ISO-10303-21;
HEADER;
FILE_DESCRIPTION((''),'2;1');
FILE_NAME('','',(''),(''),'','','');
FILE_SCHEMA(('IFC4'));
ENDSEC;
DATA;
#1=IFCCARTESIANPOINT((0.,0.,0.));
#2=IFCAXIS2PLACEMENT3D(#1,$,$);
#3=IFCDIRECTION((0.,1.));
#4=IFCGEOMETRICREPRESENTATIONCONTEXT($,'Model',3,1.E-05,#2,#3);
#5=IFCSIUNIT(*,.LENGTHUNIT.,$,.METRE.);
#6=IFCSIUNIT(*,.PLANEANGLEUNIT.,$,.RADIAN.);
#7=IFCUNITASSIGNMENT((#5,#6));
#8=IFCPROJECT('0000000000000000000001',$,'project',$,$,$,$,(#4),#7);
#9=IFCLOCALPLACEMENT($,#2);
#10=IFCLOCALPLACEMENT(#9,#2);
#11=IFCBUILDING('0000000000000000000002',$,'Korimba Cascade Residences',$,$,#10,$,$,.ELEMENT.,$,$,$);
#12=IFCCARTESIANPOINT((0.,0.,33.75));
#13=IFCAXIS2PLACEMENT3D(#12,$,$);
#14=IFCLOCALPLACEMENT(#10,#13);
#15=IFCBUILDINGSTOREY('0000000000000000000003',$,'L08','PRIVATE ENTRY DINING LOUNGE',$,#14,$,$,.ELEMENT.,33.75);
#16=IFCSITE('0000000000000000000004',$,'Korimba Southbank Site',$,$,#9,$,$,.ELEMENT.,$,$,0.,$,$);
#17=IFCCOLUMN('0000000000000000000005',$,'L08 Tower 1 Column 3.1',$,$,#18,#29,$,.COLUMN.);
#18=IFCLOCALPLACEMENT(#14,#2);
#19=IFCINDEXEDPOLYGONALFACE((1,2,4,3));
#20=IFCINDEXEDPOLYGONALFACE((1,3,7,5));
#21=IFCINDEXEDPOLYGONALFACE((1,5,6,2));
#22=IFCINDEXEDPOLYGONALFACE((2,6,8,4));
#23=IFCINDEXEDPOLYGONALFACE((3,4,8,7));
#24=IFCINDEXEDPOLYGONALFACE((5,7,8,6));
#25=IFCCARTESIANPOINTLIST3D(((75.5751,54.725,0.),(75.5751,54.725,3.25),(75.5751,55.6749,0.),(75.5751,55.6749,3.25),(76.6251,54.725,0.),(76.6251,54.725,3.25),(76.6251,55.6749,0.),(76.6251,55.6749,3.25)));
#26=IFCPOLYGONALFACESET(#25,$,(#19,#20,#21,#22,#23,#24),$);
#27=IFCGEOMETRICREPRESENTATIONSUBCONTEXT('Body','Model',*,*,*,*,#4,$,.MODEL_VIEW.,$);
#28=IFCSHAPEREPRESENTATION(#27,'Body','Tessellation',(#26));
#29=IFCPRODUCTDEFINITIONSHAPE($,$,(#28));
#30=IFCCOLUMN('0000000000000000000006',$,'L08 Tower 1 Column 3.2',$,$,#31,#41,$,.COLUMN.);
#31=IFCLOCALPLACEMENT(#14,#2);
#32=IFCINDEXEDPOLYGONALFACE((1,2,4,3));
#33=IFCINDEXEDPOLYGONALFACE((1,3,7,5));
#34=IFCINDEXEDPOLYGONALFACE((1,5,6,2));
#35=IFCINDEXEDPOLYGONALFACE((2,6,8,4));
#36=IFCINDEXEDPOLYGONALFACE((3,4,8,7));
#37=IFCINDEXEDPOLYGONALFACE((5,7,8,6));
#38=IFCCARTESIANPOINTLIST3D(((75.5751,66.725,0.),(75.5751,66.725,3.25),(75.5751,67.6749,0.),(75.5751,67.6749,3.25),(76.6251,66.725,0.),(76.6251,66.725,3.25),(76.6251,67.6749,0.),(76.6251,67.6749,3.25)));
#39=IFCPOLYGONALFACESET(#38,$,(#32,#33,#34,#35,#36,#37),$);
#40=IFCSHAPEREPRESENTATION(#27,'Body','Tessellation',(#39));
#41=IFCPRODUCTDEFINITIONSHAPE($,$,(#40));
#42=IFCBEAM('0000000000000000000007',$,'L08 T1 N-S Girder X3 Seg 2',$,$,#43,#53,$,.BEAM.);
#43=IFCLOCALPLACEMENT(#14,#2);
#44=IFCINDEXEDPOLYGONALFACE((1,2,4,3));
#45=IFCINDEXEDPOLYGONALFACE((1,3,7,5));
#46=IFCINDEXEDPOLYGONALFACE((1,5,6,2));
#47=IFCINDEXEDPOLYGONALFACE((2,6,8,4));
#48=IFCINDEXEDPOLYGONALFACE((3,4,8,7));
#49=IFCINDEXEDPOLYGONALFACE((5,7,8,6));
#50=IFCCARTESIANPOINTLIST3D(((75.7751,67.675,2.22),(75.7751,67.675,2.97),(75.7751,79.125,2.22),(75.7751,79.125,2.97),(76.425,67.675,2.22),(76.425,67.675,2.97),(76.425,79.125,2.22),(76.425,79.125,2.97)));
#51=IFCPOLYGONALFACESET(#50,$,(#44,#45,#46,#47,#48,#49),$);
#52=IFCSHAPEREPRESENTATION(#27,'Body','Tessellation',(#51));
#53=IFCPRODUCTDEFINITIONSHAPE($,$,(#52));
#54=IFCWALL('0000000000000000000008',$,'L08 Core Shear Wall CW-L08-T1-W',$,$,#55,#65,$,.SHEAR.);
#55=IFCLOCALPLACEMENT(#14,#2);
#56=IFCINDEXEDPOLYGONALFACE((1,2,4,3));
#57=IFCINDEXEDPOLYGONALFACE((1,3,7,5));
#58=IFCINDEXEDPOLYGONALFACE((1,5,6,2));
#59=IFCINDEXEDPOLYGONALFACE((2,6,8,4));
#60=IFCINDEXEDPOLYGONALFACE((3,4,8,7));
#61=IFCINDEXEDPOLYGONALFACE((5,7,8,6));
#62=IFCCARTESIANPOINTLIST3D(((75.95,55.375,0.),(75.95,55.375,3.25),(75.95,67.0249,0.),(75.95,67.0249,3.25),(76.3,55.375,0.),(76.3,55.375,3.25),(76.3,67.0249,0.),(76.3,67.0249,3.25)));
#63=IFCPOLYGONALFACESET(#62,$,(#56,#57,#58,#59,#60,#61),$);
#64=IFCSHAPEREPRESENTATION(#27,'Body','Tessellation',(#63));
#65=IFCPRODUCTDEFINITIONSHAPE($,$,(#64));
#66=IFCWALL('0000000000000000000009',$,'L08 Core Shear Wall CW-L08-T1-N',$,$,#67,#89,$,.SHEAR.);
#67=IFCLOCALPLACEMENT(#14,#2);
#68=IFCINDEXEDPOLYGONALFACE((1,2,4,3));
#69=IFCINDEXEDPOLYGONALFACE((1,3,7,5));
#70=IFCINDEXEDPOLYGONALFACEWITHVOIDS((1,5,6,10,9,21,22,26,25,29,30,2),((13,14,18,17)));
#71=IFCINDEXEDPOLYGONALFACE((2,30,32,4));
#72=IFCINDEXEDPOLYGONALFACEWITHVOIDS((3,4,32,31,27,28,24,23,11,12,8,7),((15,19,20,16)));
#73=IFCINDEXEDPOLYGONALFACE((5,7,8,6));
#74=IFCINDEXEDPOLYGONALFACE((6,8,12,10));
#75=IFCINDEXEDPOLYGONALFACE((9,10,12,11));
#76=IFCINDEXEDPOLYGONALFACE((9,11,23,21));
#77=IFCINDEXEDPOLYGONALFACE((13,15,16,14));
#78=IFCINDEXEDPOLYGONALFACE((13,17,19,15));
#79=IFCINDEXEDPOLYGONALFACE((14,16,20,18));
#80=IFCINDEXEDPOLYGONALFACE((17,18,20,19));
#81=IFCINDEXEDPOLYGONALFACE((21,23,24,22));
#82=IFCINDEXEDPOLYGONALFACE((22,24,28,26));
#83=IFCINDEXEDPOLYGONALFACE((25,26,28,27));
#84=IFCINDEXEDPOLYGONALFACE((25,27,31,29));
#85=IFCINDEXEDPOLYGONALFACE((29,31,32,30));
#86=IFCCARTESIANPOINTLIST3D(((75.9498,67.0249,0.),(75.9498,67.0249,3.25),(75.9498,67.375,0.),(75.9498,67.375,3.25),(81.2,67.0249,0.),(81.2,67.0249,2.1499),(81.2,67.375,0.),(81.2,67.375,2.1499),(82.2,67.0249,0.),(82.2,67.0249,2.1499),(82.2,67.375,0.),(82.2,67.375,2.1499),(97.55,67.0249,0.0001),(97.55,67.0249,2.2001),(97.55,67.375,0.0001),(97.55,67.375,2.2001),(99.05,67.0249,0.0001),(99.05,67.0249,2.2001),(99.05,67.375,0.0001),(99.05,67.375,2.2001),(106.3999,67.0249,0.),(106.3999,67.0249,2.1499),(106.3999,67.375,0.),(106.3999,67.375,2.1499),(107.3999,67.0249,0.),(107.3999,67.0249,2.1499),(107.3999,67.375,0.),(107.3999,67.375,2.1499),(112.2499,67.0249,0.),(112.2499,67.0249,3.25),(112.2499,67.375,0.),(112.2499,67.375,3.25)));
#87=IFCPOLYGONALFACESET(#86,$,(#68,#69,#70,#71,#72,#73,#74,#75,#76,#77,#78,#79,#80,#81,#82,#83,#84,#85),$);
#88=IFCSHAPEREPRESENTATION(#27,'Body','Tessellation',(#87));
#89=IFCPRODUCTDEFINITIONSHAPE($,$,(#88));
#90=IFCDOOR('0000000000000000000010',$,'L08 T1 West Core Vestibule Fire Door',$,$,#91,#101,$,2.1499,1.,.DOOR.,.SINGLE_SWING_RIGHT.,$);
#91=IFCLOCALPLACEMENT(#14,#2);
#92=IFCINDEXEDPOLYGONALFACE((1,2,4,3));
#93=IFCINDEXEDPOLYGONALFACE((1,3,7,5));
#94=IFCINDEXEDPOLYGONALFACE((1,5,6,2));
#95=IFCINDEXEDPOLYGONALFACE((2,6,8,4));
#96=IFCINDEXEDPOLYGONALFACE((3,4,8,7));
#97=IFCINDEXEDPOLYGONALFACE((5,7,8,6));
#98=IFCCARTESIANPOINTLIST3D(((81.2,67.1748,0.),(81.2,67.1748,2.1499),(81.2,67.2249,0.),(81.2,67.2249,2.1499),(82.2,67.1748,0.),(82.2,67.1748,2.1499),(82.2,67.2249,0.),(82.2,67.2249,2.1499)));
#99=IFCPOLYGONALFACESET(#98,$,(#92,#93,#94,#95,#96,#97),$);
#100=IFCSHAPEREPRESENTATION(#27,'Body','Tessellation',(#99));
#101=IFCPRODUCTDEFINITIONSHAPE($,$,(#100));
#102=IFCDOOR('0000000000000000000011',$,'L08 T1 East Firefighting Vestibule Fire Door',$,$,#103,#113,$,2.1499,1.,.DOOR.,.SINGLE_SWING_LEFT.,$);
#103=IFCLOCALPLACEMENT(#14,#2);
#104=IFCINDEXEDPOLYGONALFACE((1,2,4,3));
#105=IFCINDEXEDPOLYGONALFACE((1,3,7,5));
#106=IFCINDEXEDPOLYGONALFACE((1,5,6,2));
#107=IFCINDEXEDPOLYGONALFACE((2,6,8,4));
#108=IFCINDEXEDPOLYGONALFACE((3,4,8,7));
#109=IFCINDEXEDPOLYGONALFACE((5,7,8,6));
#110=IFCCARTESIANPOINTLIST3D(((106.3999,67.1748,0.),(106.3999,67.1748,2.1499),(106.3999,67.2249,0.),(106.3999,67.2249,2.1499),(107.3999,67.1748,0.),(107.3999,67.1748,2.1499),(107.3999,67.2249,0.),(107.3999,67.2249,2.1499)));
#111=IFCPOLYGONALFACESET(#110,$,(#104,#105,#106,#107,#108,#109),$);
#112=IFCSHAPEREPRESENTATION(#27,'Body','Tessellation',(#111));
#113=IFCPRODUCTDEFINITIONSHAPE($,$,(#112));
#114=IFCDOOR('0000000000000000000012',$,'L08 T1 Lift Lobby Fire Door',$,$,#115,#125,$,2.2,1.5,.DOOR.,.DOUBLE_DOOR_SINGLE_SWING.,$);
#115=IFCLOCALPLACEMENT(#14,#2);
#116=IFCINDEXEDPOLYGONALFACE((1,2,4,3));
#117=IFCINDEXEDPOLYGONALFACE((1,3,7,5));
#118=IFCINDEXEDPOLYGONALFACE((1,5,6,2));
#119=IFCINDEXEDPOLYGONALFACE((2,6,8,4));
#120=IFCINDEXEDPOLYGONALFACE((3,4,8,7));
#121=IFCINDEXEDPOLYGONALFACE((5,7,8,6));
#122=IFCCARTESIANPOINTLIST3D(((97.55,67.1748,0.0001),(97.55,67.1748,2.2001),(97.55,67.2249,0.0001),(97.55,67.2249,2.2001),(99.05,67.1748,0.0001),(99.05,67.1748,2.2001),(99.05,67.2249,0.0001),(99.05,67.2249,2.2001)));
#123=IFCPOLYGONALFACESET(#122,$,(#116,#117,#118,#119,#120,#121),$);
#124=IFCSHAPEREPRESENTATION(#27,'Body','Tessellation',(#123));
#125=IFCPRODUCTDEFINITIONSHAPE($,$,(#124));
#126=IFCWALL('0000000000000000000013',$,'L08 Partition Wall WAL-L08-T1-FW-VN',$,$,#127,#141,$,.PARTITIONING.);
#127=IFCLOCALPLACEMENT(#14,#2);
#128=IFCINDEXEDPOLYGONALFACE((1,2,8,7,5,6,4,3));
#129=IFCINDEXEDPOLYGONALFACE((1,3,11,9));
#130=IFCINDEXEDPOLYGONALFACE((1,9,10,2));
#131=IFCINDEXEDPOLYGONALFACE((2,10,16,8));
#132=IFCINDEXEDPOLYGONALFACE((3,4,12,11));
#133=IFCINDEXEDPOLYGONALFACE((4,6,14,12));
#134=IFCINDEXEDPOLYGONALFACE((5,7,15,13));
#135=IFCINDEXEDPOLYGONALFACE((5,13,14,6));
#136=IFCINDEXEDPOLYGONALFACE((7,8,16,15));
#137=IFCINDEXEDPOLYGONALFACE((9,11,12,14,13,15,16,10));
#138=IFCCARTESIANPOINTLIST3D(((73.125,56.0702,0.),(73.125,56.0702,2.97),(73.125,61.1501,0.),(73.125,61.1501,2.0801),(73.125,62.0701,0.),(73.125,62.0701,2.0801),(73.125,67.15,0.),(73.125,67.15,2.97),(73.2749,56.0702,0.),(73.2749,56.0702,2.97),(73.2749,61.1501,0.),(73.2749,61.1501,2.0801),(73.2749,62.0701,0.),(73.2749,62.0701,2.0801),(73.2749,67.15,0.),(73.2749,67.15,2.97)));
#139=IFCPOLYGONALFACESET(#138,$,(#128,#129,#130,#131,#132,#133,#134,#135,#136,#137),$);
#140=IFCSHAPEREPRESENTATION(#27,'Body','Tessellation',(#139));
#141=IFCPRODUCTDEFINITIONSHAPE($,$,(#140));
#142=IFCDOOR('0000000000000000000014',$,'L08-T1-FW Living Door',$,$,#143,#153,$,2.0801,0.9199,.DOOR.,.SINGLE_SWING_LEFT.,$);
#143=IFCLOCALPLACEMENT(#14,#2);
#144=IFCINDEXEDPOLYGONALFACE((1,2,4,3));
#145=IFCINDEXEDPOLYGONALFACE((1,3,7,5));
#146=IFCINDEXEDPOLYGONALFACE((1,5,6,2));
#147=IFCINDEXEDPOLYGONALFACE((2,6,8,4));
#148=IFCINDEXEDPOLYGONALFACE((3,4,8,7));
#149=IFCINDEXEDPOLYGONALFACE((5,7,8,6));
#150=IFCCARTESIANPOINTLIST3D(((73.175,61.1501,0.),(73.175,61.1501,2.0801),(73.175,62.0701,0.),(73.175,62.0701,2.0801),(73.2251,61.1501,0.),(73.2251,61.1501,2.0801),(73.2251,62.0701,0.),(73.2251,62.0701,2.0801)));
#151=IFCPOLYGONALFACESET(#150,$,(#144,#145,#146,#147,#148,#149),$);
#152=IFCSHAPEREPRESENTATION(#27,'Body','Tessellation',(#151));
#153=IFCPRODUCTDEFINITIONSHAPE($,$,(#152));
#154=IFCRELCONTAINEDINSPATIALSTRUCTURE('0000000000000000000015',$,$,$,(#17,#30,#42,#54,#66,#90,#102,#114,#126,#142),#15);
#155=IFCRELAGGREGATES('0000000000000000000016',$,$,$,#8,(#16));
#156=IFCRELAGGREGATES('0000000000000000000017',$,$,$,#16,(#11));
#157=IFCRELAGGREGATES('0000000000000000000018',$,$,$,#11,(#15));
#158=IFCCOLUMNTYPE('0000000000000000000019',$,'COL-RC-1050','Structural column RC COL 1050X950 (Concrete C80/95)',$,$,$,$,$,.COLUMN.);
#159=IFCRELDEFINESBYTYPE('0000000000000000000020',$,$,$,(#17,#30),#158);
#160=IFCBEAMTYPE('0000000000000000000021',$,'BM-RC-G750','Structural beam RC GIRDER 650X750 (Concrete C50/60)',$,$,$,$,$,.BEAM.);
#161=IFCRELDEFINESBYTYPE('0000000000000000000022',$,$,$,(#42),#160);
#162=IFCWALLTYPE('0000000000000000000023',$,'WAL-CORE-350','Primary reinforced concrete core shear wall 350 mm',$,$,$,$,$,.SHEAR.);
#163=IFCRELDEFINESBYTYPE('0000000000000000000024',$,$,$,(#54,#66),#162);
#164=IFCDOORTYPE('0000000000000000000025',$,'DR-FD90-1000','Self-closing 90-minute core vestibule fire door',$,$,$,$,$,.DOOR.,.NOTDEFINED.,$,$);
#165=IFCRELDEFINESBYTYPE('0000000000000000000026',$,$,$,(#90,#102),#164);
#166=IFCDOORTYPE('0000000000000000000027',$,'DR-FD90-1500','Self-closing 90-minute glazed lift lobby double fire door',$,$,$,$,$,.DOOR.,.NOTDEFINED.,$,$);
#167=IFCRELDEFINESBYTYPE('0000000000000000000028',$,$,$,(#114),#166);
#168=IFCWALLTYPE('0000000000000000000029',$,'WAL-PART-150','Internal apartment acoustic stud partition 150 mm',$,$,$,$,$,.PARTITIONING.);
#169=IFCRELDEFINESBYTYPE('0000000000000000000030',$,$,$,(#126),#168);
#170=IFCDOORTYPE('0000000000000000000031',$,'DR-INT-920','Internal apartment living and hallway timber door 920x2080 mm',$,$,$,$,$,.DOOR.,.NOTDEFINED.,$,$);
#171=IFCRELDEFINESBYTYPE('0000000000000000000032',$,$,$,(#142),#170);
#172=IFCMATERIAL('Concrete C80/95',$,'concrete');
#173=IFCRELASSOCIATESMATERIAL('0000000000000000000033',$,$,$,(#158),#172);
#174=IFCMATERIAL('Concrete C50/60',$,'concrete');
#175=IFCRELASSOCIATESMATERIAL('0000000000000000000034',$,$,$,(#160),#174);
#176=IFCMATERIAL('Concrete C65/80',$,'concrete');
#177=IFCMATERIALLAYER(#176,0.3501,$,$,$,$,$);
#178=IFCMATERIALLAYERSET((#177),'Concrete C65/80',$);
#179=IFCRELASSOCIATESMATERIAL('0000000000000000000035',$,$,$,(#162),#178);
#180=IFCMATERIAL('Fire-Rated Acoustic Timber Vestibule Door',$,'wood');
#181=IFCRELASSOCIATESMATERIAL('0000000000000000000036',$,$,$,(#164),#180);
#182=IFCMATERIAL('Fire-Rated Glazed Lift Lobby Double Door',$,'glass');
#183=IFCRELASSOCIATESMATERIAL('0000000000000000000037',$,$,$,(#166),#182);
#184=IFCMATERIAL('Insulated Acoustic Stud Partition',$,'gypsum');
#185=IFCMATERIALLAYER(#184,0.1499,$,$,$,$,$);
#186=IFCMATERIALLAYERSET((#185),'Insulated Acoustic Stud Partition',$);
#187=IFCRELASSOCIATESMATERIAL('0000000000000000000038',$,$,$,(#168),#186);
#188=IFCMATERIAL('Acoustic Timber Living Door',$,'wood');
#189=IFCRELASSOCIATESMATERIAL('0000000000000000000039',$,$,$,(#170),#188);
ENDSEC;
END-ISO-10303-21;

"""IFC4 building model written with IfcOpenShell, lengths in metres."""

from ifc_helpers import new_model, si_unit, direction, frame, frame_2d, origin, origin_2d, place, context, subcontext, project, spatial, rectangle, extrude, material, layer, layer_set, material_profile, profile_set, type_object, element, fill, save


model = new_model("IFC4")

# Units and contexts
model_context = context("Model", 3, precision=1e-05, world=origin(), true_north=direction((0.0, 1.0)))
body_context = subcontext(model_context, "Body", "Model", "MODEL_VIEW")
ifc_project = project(units=[si_unit("LENGTHUNIT", "METRE"), si_unit("PLANEANGLEUNIT", "RADIAN")], contexts=[model_context])

# Site, building, storey
site_placement = place(None, origin())
site = spatial("IfcSite", under=ifc_project, at=site_placement, Name="Korimba Southbank Site", CompositionType="ELEMENT", RefElevation=0.0)
building_placement = place(site_placement, origin())
building = spatial("IfcBuilding", under=site, at=building_placement, Name="Korimba Cascade Residences", CompositionType="ELEMENT")
storey_placement = place(building_placement, frame((0.0, 0.0, 33.75)))
storey = spatial("IfcBuildingStorey", under=building, at=storey_placement, Name="L08", Description="PRIVATE ENTRY DINING LOUNGE", CompositionType="ELEMENT", Elevation=33.75)

# Columns
ifc_material_1 = material(Name="Concrete C80/95", Category="concrete")
ifc_material_profile_1 = material_profile(ifc_material_1, rectangle(XDim=1.05, YDim=0.95, at=origin_2d()), Name="Concrete C80/95")
ifc_profile_set_1 = profile_set([ifc_material_profile_1], Name="Concrete C80/95")
column_type = type_object("IfcColumnType", Name="COL-RC-1050", Description="Structural column RC COL 1050X950 (Concrete C80/95)", PredefinedType="COLUMN", material=ifc_profile_set_1)
for number, where, z_axis, x_axis, name in (
    (1, (76.1001, 55.2, 0.0), (0.0, 0.0, 1.0), (1.0, 0.0, 0.0), "L08 Tower 1 Column 3.1"),
    (2, (76.1001, 67.2, 0.0), (0.0, 0.0, 1.0), (1.0, 0.0, 0.0), "L08 Tower 1 Column 3.2"),
):
    element("IfcColumn", number, at=place(storey_placement, frame(where, z_axis=z_axis, x_axis=x_axis)), inside=storey, type_object=column_type, Name=name, PredefinedType="COLUMN", context=body_context, shape_type="SweptSolid", body=[
        extrude(rectangle(XDim=1.05, YDim=0.95, at=origin_2d()), origin(), (0.0, 0.0, 1.0), 3.25),
    ])

# Beam
ifc_material_2 = material(Name="Concrete C50/60", Category="concrete")
ifc_material_profile_2 = material_profile(ifc_material_2, rectangle(XDim=0.6499, YDim=0.75, at=origin_2d()), Name="Concrete C50/60")
ifc_profile_set_2 = profile_set([ifc_material_profile_2], Name="Concrete C50/60")
beam_type = type_object("IfcBeamType", Name="BM-RC-G750", Description="Structural beam RC GIRDER 650X750 (Concrete C50/60)", PredefinedType="BEAM", material=ifc_profile_set_2)
beam_placement = place(storey_placement, frame((76.1001, 67.675, 2.595), z_axis=(0.0, 1.0, 0.0), x_axis=(-1.0, 0.0, 0.0)))
element("IfcBeam", 3, at=beam_placement, inside=storey, type_object=beam_type, Name="L08 T1 N-S Girder X3 Seg 2", PredefinedType="BEAM", context=body_context, shape_type="SweptSolid", body=[
    extrude(rectangle(XDim=0.6499, YDim=0.75, at=origin_2d()), origin(), (0.0, 0.0, 1.0), 11.45),
])

# Wall
ifc_material_3 = material(Name="Concrete C65/80", Category="concrete")
ifc_layer_1 = layer(ifc_material_3, 0.3501)
ifc_layer_set_1 = layer_set([ifc_layer_1], Name="Concrete C65/80")
wall_type_1 = type_object("IfcWallType", Name="WAL-CORE-350", Description="Primary reinforced concrete core shear wall 350 mm", PredefinedType="SHEAR", material=ifc_layer_set_1)
wall_1_placement = place(storey_placement, frame((76.125, 55.375, 0.0), z_axis=(0.0, 0.0, 1.0), x_axis=(0.0, 1.0, 0.0)))
element("IfcWall", 4, at=wall_1_placement, inside=storey, type_object=wall_type_1, Name="L08 Core Shear Wall CW-L08-T1-W", PredefinedType="SHEAR", context=body_context, shape_type="SweptSolid", body=[
    extrude(rectangle(XDim=11.6499, YDim=0.3501, at=frame_2d((5.825, 0.0))), origin(), (0.0, 0.0, 1.0), 3.25),
])

# Wall, openings, doors
wall_2_placement = place(storey_placement, frame((75.95, 67.2, 0.0), z_axis=(0.0, 0.0, 1.0), x_axis=(1.0, 0.0, 0.0)))
wall_2 = element("IfcWall", 5, at=wall_2_placement, inside=storey, type_object=wall_type_1, Name="L08 Core Shear Wall CW-L08-T1-N", PredefinedType="SHEAR", context=body_context, shape_type="SweptSolid", body=[
    extrude(rectangle(XDim=36.3, YDim=0.3501, at=frame_2d((18.1499, 0.0))), origin(), (0.0, 0.0, 1.0), 3.25),
])
opening_1_placement = place(wall_2_placement, frame((5.25, 0.0, 0.0)))
opening_1 = element("IfcOpeningElement", 6, at=opening_1_placement, cuts=wall_2, PredefinedType="OPENING", context=body_context, shape_type="SweptSolid", body=[
    extrude(rectangle(XDim=1.0, YDim=2.1499, at=frame_2d((0.5, 1.075))), frame((0.0, 0.1851, 0.0), z_axis=(0.0, -1.0, 0.0), x_axis=(1.0, 0.0, 0.0)), (0.0, 0.0, 1.0), 0.3701),
])
opening_2_placement = place(wall_2_placement, frame((21.6001, 0.0, 0.0)))
opening_2 = element("IfcOpeningElement", 7, at=opening_2_placement, cuts=wall_2, PredefinedType="OPENING", context=body_context, shape_type="SweptSolid", body=[
    extrude(rectangle(XDim=1.5, YDim=2.2, at=frame_2d((0.75, 1.1001))), frame((0.0, 0.1851, 0.0), z_axis=(0.0, -1.0, 0.0), x_axis=(1.0, 0.0, 0.0)), (0.0, 0.0, 1.0), 0.3701),
])
opening_3_placement = place(wall_2_placement, frame((30.45, 0.0, 0.0)))
opening_3 = element("IfcOpeningElement", 8, at=opening_3_placement, cuts=wall_2, PredefinedType="OPENING", context=body_context, shape_type="SweptSolid", body=[
    extrude(rectangle(XDim=1.0, YDim=2.1499, at=frame_2d((0.5, 1.075))), frame((0.0, 0.1851, 0.0), z_axis=(0.0, -1.0, 0.0), x_axis=(1.0, 0.0, 0.0)), (0.0, 0.0, 1.0), 0.3701),
])
ifc_material_4 = material(Name="Fire-Rated Acoustic Timber Vestibule Door", Category="wood")
door_type_1 = type_object("IfcDoorType", Name="DR-FD90-1000", Description="Self-closing 90-minute core vestibule fire door", OperationType="NOTDEFINED", PredefinedType="DOOR", material=ifc_material_4)
door_1_placement = place(opening_1_placement, origin())
door_1 = element("IfcDoor", 9, at=door_1_placement, inside=storey, type_object=door_type_1, Name="L08 T1 West Core Vestibule Fire Door", OperationType="SINGLE_SWING_RIGHT", OverallHeight=2.1499, OverallWidth=1.0, PredefinedType="DOOR", context=body_context, shape_type="SweptSolid", body=[
    extrude(rectangle(XDim=1.0, YDim=2.1499, at=frame_2d((0.5, 1.075))), frame((0.0, 0.0249, 0.0), z_axis=(0.0, -1.0, 0.0), x_axis=(1.0, 0.0, 0.0)), (0.0, 0.0, 1.0), 0.05),
])
fill(opening_1, door_1)
door_2_placement = place(opening_3_placement, origin())
door_2 = element("IfcDoor", 10, at=door_2_placement, inside=storey, type_object=door_type_1, Name="L08 T1 East Firefighting Vestibule Fire Door", OperationType="SINGLE_SWING_LEFT", OverallHeight=2.1499, OverallWidth=1.0, PredefinedType="DOOR", context=body_context, shape_type="SweptSolid", body=[
    extrude(rectangle(XDim=1.0, YDim=2.1499, at=frame_2d((0.5, 1.075))), frame((0.0, 0.0249, 0.0), z_axis=(0.0, -1.0, 0.0), x_axis=(1.0, 0.0, 0.0)), (0.0, 0.0, 1.0), 0.05),
])
fill(opening_3, door_2)
ifc_material_5 = material(Name="Fire-Rated Glazed Lift Lobby Double Door", Category="glass")
door_type_2 = type_object("IfcDoorType", Name="DR-FD90-1500", Description="Self-closing 90-minute glazed lift lobby double fire door", OperationType="NOTDEFINED", PredefinedType="DOOR", material=ifc_material_5)
door_3_placement = place(opening_2_placement, origin())
door_3 = element("IfcDoor", 11, at=door_3_placement, inside=storey, type_object=door_type_2, Name="L08 T1 Lift Lobby Fire Door", OperationType="DOUBLE_DOOR_SINGLE_SWING", OverallHeight=2.2, OverallWidth=1.5, PredefinedType="DOOR", context=body_context, shape_type="SweptSolid", body=[
    extrude(rectangle(XDim=1.5, YDim=2.2, at=frame_2d((0.75, 1.1001))), frame((0.0, 0.0249, 0.0), z_axis=(0.0, -1.0, 0.0), x_axis=(1.0, 0.0, 0.0)), (0.0, 0.0, 1.0), 0.05),
])
fill(opening_2, door_3)

# Wall, opening, door
ifc_material_6 = material(Name="Insulated Acoustic Stud Partition", Category="gypsum")
ifc_layer_2 = layer(ifc_material_6, 0.1499)
ifc_layer_set_2 = layer_set([ifc_layer_2], Name="Insulated Acoustic Stud Partition")
wall_type_2 = type_object("IfcWallType", Name="WAL-PART-150", Description="Internal apartment acoustic stud partition 150 mm", PredefinedType="PARTITIONING", material=ifc_layer_set_2)
wall_3_placement = place(storey_placement, frame((73.2, 56.0701, 0.0), z_axis=(0.0, 0.0, 1.0), x_axis=(0.0, 1.0, 0.0)))
wall_3 = element("IfcWall", 12, at=wall_3_placement, inside=storey, type_object=wall_type_2, Name="L08 Partition Wall WAL-L08-T1-FW-VN", PredefinedType="PARTITIONING", context=body_context, shape_type="SweptSolid", body=[
    extrude(rectangle(XDim=11.0798, YDim=0.1499, at=frame_2d((5.54, 0.0))), origin(), (0.0, 0.0, 1.0), 2.97),
])
opening_4_placement = place(wall_3_placement, frame((5.0801, 0.0, 0.0)))
opening_4 = element("IfcOpeningElement", 13, at=opening_4_placement, cuts=wall_3, PredefinedType="OPENING", context=body_context, shape_type="SweptSolid", body=[
    extrude(rectangle(XDim=0.9199, YDim=2.0801, at=frame_2d((0.46, 1.04))), frame((0.0, 0.085, 0.0), z_axis=(0.0, -1.0, 0.0), x_axis=(1.0, 0.0, 0.0)), (0.0, 0.0, 1.0), 0.1699),
])
ifc_material_7 = material(Name="Acoustic Timber Living Door", Category="wood")
door_type_3 = type_object("IfcDoorType", Name="DR-INT-920", Description="Internal apartment living and hallway timber door 920x2080 mm", OperationType="NOTDEFINED", PredefinedType="DOOR", material=ifc_material_7)
door_4_placement = place(opening_4_placement, origin())
door_4 = element("IfcDoor", 14, at=door_4_placement, inside=storey, type_object=door_type_3, Name="L08-T1-FW Living Door", OperationType="SINGLE_SWING_LEFT", OverallHeight=2.0801, OverallWidth=0.9199, PredefinedType="DOOR", context=body_context, shape_type="SweptSolid", body=[
    extrude(rectangle(XDim=0.9199, YDim=2.0801, at=frame_2d((0.46, 1.04))), frame((0.0, 0.0249, 0.0), z_axis=(0.0, -1.0, 0.0), x_axis=(1.0, 0.0, 0.0)), (0.0, 0.0, 1.0), 0.05),
])
fill(opening_4, door_4)

save(model, "model.ifc")
